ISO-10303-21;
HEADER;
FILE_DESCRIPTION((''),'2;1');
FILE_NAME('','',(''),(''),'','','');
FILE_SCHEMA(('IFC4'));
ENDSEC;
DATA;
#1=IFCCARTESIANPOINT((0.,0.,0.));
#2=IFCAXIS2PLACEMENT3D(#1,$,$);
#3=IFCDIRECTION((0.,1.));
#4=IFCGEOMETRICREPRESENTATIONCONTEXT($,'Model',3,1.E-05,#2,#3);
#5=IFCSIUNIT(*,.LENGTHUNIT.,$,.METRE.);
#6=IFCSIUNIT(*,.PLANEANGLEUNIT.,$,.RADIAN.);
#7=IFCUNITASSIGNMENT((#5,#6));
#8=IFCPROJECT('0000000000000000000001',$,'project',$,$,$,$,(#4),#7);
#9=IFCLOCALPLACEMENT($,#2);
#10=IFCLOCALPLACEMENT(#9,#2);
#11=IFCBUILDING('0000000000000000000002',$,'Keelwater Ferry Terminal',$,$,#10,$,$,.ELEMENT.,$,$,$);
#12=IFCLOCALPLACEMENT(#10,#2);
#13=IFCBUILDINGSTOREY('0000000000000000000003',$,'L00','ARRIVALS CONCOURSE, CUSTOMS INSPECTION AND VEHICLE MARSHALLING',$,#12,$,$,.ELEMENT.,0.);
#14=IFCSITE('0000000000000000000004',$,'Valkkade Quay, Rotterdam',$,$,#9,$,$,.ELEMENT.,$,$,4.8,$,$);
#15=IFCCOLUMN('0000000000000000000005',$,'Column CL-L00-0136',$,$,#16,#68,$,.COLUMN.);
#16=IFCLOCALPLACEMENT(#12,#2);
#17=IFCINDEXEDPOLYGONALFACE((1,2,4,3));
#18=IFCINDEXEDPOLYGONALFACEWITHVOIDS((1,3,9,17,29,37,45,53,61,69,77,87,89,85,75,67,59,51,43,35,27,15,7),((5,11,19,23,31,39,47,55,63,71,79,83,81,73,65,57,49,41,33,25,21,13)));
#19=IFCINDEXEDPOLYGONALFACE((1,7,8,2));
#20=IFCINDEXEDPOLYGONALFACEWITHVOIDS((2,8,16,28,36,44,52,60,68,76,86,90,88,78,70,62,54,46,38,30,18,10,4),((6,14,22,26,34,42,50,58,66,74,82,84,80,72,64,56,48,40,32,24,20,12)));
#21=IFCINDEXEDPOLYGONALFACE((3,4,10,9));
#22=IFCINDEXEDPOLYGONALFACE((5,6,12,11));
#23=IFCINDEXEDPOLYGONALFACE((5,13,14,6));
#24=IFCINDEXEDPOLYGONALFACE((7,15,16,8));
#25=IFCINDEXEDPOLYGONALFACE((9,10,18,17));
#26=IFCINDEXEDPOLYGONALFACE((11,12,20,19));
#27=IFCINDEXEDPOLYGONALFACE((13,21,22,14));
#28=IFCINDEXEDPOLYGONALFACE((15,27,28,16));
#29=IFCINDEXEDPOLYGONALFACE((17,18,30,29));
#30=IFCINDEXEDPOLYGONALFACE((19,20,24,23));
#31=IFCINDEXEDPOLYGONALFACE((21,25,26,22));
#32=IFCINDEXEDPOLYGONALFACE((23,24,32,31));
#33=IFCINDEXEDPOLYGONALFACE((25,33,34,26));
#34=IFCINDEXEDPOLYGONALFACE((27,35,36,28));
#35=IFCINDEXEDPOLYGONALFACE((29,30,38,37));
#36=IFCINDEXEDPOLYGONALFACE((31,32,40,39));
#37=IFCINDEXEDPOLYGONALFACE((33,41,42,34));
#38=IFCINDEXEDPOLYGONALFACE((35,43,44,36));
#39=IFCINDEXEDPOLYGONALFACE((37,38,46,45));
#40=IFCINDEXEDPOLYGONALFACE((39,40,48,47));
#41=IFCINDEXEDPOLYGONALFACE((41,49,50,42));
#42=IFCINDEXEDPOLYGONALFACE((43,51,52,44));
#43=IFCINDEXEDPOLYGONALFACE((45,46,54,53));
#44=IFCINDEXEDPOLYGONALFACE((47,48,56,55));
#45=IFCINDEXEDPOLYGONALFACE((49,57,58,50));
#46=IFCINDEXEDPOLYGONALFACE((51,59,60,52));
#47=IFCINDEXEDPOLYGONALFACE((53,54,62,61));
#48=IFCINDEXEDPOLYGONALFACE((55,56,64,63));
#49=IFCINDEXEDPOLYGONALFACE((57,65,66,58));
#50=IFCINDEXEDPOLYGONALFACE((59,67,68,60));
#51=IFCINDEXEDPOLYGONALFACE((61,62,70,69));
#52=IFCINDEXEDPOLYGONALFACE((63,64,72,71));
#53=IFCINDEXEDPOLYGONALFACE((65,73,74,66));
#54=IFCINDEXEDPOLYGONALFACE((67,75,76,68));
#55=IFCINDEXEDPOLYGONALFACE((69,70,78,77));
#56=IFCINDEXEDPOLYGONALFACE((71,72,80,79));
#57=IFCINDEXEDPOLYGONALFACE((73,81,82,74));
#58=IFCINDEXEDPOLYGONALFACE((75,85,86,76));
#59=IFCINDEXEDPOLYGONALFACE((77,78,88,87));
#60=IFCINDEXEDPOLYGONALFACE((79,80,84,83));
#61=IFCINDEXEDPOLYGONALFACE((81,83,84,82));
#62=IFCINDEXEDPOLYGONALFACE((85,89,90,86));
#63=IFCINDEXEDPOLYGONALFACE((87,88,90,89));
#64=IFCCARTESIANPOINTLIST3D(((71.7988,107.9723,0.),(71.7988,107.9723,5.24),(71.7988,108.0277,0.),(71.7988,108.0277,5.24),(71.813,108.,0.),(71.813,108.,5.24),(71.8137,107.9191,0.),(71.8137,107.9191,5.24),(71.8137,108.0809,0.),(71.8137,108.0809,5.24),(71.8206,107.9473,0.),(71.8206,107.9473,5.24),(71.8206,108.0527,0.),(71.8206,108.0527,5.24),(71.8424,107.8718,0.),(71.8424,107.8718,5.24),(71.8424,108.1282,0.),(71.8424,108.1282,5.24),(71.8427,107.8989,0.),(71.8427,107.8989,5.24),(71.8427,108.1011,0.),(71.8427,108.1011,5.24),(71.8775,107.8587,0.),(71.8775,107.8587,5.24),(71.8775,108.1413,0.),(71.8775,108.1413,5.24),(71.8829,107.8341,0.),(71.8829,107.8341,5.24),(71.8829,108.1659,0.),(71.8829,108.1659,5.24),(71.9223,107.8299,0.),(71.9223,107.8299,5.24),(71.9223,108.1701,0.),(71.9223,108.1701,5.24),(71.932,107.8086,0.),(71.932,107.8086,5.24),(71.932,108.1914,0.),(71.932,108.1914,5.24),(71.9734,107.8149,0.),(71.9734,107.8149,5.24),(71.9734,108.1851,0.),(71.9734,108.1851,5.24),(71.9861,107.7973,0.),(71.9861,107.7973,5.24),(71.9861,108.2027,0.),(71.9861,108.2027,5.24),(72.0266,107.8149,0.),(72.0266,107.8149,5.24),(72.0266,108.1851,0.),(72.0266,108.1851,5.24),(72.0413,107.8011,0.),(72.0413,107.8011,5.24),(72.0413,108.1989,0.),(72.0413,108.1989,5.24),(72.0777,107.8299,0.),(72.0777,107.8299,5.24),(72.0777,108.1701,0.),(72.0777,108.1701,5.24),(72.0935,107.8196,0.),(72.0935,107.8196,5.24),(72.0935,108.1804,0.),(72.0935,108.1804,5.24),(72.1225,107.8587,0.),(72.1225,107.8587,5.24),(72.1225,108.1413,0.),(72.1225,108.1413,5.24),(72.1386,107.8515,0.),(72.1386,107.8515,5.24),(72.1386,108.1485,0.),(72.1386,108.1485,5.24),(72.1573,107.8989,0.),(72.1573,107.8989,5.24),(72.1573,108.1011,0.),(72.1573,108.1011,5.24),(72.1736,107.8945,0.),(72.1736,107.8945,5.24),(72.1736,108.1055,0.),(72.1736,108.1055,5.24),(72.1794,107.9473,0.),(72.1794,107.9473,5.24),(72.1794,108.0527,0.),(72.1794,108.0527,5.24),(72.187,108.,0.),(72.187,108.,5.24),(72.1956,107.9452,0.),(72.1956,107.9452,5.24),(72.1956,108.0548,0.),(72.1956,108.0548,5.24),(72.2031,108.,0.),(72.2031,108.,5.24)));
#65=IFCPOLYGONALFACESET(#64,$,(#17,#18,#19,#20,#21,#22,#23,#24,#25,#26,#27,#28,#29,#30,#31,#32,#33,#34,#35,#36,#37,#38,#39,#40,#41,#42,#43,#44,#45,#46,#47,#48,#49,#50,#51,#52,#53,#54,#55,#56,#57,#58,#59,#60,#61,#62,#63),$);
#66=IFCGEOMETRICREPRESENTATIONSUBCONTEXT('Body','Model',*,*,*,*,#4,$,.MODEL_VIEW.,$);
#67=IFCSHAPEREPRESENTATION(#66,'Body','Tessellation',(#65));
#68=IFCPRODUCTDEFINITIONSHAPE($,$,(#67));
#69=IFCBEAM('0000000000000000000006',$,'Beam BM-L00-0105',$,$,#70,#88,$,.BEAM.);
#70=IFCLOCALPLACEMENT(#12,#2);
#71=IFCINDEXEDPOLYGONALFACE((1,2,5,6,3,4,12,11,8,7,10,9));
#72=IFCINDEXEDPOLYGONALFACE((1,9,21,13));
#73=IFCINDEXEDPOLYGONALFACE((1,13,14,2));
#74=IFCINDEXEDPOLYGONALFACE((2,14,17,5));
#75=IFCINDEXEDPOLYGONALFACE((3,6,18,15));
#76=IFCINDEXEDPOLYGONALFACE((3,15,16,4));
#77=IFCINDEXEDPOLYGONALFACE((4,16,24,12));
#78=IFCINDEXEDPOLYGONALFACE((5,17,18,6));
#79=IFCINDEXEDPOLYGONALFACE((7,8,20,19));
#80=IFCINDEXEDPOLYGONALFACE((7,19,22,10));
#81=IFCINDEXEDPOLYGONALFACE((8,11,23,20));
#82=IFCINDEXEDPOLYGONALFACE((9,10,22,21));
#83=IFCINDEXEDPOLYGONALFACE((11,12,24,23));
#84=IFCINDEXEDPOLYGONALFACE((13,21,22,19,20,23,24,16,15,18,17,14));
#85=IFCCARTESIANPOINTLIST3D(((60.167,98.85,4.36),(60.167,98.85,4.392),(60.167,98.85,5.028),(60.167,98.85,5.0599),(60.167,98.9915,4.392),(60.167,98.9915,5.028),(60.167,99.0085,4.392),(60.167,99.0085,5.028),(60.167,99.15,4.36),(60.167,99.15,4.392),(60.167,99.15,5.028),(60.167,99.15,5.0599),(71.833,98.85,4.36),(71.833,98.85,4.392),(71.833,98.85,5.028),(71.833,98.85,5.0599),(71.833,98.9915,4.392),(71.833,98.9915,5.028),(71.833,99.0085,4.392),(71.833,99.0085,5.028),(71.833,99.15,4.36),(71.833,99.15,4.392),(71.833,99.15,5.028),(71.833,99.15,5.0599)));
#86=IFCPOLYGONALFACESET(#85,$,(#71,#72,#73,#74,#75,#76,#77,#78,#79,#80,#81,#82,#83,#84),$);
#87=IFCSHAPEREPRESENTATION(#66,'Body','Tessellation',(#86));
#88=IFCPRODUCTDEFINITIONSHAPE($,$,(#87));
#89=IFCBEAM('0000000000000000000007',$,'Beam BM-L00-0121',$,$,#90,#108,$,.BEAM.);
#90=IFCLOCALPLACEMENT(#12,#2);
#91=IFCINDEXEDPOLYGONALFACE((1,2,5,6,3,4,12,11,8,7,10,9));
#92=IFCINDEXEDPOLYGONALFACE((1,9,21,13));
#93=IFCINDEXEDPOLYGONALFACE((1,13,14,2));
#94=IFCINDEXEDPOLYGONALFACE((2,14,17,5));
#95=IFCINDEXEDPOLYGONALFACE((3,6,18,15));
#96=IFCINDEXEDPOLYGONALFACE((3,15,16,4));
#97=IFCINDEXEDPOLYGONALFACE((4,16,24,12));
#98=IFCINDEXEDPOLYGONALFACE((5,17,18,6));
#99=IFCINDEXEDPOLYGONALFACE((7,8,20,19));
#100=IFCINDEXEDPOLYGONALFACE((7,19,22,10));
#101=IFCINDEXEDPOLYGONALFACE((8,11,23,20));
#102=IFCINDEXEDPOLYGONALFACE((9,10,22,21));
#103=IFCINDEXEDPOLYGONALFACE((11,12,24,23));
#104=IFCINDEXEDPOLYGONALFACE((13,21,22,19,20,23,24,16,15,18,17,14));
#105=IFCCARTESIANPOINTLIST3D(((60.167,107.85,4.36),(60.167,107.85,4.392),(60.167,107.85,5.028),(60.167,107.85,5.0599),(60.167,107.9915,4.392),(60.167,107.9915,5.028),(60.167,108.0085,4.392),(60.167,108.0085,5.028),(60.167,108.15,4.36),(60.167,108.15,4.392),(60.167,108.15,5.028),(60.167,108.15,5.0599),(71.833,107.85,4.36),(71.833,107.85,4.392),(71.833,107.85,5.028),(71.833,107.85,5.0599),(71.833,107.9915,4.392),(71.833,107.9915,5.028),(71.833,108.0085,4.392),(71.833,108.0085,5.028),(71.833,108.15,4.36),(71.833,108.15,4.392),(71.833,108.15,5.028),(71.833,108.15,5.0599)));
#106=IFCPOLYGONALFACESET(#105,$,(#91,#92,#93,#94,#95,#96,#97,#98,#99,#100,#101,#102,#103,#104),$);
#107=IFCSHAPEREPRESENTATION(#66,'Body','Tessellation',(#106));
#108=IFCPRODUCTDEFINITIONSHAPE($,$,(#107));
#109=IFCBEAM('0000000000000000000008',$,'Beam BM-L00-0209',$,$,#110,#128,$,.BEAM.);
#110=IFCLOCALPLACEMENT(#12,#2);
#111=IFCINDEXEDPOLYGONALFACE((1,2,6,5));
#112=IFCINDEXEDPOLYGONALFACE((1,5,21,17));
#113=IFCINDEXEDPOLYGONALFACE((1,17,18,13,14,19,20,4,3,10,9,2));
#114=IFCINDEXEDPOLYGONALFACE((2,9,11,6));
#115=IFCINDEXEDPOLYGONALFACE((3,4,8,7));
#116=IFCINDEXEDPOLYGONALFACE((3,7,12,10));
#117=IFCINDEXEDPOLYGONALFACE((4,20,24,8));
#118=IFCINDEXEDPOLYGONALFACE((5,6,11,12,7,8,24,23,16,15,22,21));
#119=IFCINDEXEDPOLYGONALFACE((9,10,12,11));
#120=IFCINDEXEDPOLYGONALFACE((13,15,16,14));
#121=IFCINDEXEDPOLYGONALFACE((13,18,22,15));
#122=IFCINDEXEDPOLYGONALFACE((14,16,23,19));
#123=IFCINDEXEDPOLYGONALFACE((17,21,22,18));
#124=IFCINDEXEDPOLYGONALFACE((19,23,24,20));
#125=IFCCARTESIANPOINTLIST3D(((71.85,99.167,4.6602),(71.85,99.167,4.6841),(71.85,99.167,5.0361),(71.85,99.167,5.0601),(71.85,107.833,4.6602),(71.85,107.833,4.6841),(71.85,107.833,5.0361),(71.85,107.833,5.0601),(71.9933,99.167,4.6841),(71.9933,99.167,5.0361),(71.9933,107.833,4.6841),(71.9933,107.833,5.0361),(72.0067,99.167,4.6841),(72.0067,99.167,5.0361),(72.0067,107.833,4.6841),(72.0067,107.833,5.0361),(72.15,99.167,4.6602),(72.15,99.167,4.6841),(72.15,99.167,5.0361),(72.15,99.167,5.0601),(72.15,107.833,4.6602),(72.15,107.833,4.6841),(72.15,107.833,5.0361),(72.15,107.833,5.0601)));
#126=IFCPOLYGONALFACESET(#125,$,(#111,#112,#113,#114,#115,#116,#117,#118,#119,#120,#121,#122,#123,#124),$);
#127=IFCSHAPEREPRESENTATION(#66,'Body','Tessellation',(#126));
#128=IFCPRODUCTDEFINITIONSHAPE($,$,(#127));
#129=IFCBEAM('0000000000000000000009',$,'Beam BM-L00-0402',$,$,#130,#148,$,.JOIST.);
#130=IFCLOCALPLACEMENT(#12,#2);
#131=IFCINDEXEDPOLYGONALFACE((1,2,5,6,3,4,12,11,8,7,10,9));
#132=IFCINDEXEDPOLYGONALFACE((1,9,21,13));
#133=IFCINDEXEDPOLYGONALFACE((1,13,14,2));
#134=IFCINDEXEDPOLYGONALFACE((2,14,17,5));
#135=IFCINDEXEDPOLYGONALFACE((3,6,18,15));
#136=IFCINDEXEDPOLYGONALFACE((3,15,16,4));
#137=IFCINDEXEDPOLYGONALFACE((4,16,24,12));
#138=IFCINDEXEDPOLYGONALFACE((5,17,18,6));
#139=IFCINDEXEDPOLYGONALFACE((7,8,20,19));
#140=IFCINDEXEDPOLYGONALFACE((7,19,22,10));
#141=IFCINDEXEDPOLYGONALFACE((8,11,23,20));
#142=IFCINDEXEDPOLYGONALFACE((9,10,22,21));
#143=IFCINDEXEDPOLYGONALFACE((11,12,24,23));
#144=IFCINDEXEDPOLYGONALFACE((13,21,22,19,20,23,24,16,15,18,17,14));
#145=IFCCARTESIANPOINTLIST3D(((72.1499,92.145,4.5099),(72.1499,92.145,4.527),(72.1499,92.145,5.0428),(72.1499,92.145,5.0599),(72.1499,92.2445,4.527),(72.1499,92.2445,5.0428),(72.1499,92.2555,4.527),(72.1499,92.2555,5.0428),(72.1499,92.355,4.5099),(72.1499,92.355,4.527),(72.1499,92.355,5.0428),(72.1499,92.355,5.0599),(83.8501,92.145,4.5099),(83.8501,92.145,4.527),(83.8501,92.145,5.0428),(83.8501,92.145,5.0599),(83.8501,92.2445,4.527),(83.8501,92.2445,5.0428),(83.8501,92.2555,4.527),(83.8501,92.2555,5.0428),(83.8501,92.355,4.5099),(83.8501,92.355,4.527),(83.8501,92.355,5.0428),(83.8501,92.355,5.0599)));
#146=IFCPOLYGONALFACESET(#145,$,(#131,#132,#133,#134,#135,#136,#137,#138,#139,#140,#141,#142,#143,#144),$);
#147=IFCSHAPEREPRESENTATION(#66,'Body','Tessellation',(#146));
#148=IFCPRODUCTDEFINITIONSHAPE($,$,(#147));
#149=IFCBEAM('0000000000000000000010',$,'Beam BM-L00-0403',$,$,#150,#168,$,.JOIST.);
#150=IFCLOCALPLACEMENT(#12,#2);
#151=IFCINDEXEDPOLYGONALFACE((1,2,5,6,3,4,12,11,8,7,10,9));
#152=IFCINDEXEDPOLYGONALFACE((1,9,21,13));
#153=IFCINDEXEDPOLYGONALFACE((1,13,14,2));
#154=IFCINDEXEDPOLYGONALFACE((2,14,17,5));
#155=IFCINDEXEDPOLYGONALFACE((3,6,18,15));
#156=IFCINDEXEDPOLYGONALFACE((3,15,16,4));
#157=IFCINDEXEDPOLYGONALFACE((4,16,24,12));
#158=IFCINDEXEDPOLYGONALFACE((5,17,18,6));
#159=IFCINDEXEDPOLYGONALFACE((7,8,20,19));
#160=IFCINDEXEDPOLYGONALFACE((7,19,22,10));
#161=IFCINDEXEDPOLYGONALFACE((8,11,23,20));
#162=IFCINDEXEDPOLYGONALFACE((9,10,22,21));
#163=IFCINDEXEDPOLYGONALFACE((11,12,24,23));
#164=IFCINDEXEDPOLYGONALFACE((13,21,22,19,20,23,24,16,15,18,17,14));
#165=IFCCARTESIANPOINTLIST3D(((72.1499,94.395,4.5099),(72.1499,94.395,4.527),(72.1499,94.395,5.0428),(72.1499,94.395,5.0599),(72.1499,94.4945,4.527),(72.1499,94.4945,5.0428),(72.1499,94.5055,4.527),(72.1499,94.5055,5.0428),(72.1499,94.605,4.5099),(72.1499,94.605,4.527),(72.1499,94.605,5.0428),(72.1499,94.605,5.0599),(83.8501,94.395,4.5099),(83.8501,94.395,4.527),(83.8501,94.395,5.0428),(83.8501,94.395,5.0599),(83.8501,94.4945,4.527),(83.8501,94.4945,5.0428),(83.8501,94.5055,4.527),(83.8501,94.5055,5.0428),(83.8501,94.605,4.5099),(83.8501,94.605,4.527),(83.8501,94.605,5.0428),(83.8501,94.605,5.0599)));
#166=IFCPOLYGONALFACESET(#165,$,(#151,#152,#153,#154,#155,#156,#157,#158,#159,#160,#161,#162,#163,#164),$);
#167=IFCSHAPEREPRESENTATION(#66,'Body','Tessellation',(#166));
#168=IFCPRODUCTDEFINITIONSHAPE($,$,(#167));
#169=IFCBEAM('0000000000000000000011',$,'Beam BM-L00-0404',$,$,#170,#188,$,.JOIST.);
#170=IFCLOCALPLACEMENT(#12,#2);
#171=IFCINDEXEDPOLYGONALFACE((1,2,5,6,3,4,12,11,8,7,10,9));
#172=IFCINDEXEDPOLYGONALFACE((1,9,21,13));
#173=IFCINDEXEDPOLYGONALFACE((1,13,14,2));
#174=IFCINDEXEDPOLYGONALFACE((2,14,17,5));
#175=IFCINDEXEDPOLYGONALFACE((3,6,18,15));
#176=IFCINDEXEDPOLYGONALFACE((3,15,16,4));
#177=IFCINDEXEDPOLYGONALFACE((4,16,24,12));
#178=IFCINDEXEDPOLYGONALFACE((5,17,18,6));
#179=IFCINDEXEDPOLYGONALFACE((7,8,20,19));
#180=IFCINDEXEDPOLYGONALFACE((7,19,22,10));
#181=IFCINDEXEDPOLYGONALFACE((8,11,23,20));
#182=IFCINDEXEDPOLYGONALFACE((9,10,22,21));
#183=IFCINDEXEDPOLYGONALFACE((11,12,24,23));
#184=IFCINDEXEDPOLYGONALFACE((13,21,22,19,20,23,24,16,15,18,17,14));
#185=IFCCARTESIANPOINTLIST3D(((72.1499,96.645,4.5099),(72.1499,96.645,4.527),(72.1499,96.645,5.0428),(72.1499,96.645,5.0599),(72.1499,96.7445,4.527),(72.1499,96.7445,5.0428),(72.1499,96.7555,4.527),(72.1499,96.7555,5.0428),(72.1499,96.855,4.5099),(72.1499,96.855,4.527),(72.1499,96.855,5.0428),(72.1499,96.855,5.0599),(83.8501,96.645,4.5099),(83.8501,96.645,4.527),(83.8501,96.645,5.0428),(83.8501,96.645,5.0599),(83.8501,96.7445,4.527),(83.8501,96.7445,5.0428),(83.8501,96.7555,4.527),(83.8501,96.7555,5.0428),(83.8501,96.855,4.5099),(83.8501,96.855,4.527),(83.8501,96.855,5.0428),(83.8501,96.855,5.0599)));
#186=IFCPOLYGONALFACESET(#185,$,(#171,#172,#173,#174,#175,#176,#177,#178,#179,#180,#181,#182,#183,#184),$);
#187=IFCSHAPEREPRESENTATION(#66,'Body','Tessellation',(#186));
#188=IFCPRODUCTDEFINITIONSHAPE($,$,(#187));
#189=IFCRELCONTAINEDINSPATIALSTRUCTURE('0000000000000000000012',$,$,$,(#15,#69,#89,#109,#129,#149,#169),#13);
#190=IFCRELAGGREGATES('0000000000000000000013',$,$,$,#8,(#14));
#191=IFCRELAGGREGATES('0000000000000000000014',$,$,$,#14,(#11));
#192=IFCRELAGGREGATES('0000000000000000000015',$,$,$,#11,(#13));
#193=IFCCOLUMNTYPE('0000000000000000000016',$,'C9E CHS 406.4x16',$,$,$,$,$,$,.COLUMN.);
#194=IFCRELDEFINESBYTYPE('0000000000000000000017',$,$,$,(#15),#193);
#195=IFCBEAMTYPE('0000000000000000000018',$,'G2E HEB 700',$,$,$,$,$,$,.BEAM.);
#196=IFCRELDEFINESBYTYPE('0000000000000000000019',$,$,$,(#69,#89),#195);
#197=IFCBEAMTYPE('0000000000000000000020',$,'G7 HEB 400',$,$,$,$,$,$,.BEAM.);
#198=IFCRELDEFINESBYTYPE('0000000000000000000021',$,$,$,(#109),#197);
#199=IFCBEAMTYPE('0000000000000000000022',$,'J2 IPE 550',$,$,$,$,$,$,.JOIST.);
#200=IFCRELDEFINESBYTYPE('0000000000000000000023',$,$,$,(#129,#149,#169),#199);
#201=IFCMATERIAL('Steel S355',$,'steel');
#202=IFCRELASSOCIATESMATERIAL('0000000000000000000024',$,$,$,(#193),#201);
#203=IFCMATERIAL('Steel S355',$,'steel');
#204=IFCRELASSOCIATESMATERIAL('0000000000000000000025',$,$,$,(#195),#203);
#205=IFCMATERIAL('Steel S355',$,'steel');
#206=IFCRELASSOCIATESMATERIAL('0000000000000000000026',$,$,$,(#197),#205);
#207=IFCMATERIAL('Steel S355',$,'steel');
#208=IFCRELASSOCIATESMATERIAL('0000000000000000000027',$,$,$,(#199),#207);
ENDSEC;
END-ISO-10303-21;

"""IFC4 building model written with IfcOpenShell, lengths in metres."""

from ifc_helpers import new_model, si_unit, direction, frame, origin, origin_2d, place, context, subcontext, project, spatial, hollow_circle, i_section, extrude, material, material_profile, profile_set, type_object, element, save


model = new_model("IFC4")

# Units and contexts
model_context = context("Model", 3, precision=1e-05, world=origin(), true_north=direction((0.0, 1.0)))
body_context = subcontext(model_context, "Body", "Model", "MODEL_VIEW")
ifc_project = project(units=[si_unit("LENGTHUNIT", "METRE"), si_unit("PLANEANGLEUNIT", "RADIAN")], contexts=[model_context])

# Site, building, storey
site_placement = place(None, origin())
site = spatial("IfcSite", under=ifc_project, at=site_placement, Name="Valkkade Quay, Rotterdam", CompositionType="ELEMENT", RefElevation=4.8)
building_placement = place(site_placement, origin())
building = spatial("IfcBuilding", under=site, at=building_placement, Name="Keelwater Ferry Terminal", CompositionType="ELEMENT")
storey_placement = place(building_placement, origin())
storey = spatial("IfcBuildingStorey", under=building, at=storey_placement, Name="L00", Description="ARRIVALS CONCOURSE, CUSTOMS INSPECTION AND VEHICLE MARSHALLING", CompositionType="ELEMENT", Elevation=0.0)

# Column
ifc_material_1 = material(Name="Steel S355", Category="steel")
ifc_material_profile_1 = material_profile(ifc_material_1, hollow_circle(Radius=0.2031, WallThickness=0.0161, at=origin_2d()), Name="CHS 406.4x16")
ifc_profile_set_1 = profile_set([ifc_material_profile_1], Name="Steel S355")
column_type = type_object("IfcColumnType", Name="C9E CHS 406.4x16", PredefinedType="COLUMN", material=ifc_profile_set_1)
for number, where, z_axis, x_axis, name in (
    (1, (72.0, 108.0, 0.0), (0.0, 0.0, 1.0), (1.0, 0.0, 0.0), "Column CL-L00-0136"),
):
    element("IfcColumn", number, at=place(storey_placement, frame(where, z_axis=z_axis, x_axis=x_axis)), inside=storey, type_object=column_type, Name=name, PredefinedType="COLUMN", context=body_context, shape_type="SweptSolid", body=[
        extrude(hollow_circle(Radius=0.2031, WallThickness=0.0161, at=origin_2d()), origin(), (0.0, 0.0, 1.0), 5.24),
    ])

# Beams
ifc_material_2 = material(Name="Steel S355", Category="steel")
ifc_material_profile_2 = material_profile(ifc_material_2, i_section(OverallWidth=0.3, OverallDepth=0.7, WebThickness=0.0171, FlangeThickness=0.032, at=origin_2d()), Name="HEB 700")
ifc_profile_set_2 = profile_set([ifc_material_profile_2], Name="Steel S355")
beam_type_1 = type_object("IfcBeamType", Name="G2E HEB 700", PredefinedType="BEAM", material=ifc_profile_set_2)
for number, where, z_axis, x_axis, name in (
    (2, (60.167, 99.0, 4.71), (1.0, 0.0, 0.0), (0.0, 1.0, 0.0), "Beam BM-L00-0105"),
    (3, (60.167, 108.0, 4.71), (1.0, 0.0, 0.0), (0.0, 1.0, 0.0), "Beam BM-L00-0121"),
):
    element("IfcBeam", number, at=place(storey_placement, frame(where, z_axis=z_axis, x_axis=x_axis)), inside=storey, type_object=beam_type_1, Name=name, PredefinedType="BEAM", context=body_context, shape_type="SweptSolid", body=[
        extrude(i_section(OverallWidth=0.3, OverallDepth=0.7, WebThickness=0.0171, FlangeThickness=0.032, at=origin_2d()), origin(), (0.0, 0.0, 1.0), 11.666),
    ])
ifc_material_3 = material(Name="Steel S355", Category="steel")
ifc_material_profile_3 = material_profile(ifc_material_3, i_section(OverallWidth=0.3, OverallDepth=0.3999, WebThickness=0.0134, FlangeThickness=0.0239, at=origin_2d()), Name="HEB 400")
ifc_profile_set_3 = profile_set([ifc_material_profile_3], Name="Steel S355")
beam_type_2 = type_object("IfcBeamType", Name="G7 HEB 400", PredefinedType="BEAM", material=ifc_profile_set_3)
beam_1_placement = place(storey_placement, frame((72.0, 99.167, 4.8601), z_axis=(0.0, 1.0, 0.0), x_axis=(-1.0, 0.0, 0.0)))
element("IfcBeam", 4, at=beam_1_placement, inside=storey, type_object=beam_type_2, Name="Beam BM-L00-0209", PredefinedType="BEAM", context=body_context, shape_type="SweptSolid", body=[
    extrude(i_section(OverallWidth=0.3, OverallDepth=0.3999, WebThickness=0.0134, FlangeThickness=0.0239, at=origin_2d()), origin(), (0.0, 0.0, 1.0), 8.666),
])
ifc_material_4 = material(Name="Steel S355", Category="steel")
ifc_material_profile_4 = material_profile(ifc_material_4, i_section(OverallWidth=0.21, OverallDepth=0.55, WebThickness=0.011, FlangeThickness=0.0171, at=origin_2d()), Name="IPE 550")
ifc_profile_set_4 = profile_set([ifc_material_profile_4], Name="Steel S355")
beam_type_3 = type_object("IfcBeamType", Name="J2 IPE 550", PredefinedType="JOIST", material=ifc_profile_set_4)
for number, where, z_axis, x_axis, name in (
    (5, (72.1499, 92.25, 4.7849), (1.0, 0.0, 0.0), (0.0, 1.0, 0.0), "Beam BM-L00-0402"),
    (6, (72.1499, 94.5, 4.7849), (1.0, 0.0, 0.0), (0.0, 1.0, 0.0), "Beam BM-L00-0403"),
    (7, (72.1499, 96.75, 4.7849), (1.0, 0.0, 0.0), (0.0, 1.0, 0.0), "Beam BM-L00-0404"),
):
    element("IfcBeam", number, at=place(storey_placement, frame(where, z_axis=z_axis, x_axis=x_axis)), inside=storey, type_object=beam_type_3, Name=name, PredefinedType="JOIST", context=body_context, shape_type="SweptSolid", body=[
        extrude(i_section(OverallWidth=0.21, OverallDepth=0.55, WebThickness=0.011, FlangeThickness=0.0171, at=origin_2d()), origin(), (0.0, 0.0, 1.0), 11.7002),
    ])

save(model, "model.ifc")
